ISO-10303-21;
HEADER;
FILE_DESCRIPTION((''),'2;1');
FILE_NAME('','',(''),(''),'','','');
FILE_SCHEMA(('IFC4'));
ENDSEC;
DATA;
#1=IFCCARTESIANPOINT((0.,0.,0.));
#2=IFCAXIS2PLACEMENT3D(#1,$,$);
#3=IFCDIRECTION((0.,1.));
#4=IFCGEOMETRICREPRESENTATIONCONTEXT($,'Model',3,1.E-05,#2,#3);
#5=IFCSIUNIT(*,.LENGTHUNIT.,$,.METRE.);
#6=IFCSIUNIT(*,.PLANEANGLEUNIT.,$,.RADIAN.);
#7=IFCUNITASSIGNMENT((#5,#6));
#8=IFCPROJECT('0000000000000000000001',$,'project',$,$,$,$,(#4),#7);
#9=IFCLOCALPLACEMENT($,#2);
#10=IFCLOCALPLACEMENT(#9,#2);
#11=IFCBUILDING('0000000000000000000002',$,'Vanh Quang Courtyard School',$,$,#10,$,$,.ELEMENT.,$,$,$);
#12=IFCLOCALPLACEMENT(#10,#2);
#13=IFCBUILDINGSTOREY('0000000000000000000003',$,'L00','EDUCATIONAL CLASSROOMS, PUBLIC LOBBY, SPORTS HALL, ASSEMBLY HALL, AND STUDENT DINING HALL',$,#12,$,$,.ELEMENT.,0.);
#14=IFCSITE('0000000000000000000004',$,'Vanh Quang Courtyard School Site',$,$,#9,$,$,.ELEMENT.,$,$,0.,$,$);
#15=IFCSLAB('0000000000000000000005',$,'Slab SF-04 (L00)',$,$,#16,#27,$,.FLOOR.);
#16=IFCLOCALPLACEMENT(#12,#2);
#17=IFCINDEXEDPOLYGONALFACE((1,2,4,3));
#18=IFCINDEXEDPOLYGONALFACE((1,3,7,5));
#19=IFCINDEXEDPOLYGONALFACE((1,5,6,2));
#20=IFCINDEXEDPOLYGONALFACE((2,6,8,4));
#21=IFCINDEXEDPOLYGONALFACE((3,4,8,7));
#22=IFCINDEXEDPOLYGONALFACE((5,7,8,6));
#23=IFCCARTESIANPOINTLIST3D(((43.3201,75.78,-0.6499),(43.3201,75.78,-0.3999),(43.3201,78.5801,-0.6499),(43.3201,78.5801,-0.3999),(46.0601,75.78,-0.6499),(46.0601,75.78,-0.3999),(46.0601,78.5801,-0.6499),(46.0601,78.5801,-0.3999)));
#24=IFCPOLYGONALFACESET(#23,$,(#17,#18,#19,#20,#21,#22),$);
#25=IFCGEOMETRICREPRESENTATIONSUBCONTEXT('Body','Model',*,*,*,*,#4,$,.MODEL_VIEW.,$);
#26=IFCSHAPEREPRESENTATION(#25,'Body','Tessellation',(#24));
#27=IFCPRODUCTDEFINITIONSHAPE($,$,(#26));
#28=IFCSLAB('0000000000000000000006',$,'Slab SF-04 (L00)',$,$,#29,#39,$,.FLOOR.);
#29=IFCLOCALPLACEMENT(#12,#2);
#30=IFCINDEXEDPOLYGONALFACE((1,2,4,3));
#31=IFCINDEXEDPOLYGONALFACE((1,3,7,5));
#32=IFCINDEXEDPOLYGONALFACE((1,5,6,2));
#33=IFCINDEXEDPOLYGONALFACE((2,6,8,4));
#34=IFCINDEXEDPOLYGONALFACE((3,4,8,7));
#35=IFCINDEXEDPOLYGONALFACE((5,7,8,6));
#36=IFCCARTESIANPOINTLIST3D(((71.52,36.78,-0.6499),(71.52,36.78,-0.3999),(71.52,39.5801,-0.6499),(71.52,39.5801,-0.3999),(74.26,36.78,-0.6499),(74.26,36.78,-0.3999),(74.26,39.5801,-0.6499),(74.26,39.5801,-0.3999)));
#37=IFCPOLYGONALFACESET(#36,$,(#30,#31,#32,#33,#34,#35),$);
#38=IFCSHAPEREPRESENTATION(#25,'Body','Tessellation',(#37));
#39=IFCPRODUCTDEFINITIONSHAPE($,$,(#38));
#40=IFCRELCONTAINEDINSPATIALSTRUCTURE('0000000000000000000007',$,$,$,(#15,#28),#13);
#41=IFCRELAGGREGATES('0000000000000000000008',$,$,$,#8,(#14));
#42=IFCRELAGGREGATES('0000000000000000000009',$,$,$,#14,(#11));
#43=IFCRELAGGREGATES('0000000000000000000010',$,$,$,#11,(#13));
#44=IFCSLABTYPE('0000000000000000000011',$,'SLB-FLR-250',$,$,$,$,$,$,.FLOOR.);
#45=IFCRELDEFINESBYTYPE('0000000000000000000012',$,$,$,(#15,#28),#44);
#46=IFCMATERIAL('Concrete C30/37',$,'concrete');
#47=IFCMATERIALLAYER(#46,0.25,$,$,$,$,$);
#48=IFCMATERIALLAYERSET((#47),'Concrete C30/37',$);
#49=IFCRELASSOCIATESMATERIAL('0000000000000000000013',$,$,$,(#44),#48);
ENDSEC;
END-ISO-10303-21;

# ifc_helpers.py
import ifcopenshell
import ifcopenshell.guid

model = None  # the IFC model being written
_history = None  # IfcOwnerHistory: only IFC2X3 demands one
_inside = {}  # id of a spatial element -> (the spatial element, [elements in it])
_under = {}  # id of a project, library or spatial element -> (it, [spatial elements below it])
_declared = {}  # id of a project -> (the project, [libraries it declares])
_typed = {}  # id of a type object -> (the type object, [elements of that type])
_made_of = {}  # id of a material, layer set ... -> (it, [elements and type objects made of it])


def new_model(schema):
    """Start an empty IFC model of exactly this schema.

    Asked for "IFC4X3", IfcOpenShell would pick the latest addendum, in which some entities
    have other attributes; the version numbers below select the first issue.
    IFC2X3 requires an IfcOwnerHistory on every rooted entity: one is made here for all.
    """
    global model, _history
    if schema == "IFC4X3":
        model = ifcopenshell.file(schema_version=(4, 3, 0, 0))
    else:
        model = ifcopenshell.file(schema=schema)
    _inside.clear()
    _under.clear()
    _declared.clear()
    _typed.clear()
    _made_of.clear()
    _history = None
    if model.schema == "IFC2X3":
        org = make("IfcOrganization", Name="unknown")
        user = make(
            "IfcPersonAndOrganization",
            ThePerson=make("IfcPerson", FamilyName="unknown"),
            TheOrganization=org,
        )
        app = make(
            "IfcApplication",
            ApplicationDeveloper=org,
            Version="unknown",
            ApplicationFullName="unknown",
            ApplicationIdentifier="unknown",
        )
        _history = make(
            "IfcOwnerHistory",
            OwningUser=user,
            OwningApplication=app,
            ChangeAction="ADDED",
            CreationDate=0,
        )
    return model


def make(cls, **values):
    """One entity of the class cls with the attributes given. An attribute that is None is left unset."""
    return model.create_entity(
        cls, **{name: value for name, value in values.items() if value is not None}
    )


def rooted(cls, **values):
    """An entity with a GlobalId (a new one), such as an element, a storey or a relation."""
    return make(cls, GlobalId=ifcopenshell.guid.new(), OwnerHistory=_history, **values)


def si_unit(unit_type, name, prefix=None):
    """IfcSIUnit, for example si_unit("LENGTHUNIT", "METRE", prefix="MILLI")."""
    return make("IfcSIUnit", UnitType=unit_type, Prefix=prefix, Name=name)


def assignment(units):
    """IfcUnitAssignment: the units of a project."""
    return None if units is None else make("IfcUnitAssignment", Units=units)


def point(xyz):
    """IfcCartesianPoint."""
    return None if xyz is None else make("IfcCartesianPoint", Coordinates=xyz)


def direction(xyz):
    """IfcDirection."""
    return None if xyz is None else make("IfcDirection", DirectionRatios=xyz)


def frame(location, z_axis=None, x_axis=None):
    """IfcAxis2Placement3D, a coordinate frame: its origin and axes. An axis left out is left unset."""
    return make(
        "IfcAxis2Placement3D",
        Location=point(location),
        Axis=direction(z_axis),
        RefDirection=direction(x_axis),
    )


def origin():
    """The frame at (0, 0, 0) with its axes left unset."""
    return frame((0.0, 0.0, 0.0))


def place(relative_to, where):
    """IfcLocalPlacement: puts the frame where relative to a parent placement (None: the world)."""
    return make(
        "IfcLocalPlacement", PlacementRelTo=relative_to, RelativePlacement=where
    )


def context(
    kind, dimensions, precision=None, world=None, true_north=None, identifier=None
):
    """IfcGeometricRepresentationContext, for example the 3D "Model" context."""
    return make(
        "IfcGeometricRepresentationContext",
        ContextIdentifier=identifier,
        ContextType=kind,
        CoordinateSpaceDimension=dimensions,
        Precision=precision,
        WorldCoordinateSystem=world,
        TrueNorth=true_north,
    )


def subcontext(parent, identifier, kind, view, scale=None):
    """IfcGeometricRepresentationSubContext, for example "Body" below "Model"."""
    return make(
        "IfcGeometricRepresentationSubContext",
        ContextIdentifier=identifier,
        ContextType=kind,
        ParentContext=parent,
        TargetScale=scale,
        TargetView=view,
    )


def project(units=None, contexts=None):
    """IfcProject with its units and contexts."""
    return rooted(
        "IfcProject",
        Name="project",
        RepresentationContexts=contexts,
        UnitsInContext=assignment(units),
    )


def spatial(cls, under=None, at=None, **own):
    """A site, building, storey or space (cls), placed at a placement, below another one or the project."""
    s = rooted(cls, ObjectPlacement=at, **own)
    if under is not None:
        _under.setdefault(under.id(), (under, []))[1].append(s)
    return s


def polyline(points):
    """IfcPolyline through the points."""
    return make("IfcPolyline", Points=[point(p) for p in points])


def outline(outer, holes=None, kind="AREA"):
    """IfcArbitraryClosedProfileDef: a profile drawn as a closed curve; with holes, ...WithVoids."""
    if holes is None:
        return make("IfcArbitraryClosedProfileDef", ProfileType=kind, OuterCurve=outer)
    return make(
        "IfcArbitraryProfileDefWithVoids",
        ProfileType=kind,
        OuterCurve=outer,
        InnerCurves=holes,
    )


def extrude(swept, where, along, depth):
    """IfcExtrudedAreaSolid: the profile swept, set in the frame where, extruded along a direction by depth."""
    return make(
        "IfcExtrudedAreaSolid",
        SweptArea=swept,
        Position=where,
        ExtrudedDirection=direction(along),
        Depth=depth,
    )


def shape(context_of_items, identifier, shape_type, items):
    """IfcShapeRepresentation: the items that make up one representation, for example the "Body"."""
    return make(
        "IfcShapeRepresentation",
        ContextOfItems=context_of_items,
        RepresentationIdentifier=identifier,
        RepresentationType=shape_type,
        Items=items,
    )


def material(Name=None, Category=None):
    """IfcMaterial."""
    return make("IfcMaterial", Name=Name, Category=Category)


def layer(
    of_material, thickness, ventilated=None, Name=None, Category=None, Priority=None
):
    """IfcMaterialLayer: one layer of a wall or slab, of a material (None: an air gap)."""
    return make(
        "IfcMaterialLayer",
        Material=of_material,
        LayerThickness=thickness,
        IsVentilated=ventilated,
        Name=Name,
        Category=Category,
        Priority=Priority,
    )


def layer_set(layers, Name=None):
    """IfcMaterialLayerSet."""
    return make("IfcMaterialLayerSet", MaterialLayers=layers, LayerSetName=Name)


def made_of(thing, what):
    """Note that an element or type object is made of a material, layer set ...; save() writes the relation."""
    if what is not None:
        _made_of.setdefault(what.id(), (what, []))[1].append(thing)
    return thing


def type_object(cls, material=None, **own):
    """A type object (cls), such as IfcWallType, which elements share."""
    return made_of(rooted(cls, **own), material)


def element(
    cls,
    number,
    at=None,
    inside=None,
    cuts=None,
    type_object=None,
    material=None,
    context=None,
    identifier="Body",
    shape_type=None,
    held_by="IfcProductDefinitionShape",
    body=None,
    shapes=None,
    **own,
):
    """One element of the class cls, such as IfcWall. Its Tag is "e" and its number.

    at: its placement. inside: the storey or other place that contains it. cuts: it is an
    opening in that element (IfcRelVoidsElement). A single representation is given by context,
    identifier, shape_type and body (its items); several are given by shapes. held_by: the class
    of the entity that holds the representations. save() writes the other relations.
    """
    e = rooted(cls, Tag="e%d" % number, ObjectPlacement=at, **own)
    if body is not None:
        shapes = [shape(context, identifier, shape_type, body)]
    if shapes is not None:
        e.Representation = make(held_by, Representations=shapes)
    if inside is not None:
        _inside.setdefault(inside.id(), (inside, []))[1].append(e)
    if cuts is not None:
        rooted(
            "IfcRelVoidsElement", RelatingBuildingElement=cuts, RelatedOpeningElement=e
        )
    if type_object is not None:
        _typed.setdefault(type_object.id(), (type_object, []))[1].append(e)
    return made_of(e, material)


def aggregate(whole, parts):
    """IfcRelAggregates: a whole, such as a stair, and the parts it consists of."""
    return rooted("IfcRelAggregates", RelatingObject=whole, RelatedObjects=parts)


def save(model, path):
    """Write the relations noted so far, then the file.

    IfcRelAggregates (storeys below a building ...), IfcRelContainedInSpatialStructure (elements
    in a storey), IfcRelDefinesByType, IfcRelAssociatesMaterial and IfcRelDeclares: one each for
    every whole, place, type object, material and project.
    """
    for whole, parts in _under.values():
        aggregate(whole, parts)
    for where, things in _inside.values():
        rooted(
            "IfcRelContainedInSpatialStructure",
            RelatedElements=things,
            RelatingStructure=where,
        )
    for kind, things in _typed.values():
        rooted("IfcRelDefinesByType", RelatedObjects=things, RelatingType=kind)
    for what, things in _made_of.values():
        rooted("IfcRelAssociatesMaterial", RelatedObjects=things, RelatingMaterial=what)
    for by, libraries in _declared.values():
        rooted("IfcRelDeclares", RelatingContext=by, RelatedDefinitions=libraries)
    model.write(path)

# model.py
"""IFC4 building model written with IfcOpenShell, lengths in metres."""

from ifc_helpers import new_model, si_unit, direction, frame, origin, place, context, subcontext, project, spatial, polyline, outline, extrude, material, layer, layer_set, type_object, element, save


model = new_model("IFC4")

# Units and contexts
model_context = context("Model", 3, precision=1e-05, world=origin(), true_north=direction((0.0, 1.0)))
body_context = subcontext(model_context, "Body", "Model", "MODEL_VIEW")
ifc_project = project(units=[si_unit("LENGTHUNIT", "METRE"), si_unit("PLANEANGLEUNIT", "RADIAN")], contexts=[model_context])

# Site, building, storey
site_placement = place(None, origin())
site = spatial("IfcSite", under=ifc_project, at=site_placement, Name="Vanh Quang Courtyard School Site", CompositionType="ELEMENT", RefElevation=0.0)
building_placement = place(site_placement, origin())
building = spatial("IfcBuilding", under=site, at=building_placement, Name="Vanh Quang Courtyard School", CompositionType="ELEMENT")
storey_placement = place(building_placement, origin())
storey = spatial("IfcBuildingStorey", under=building, at=storey_placement, Name="L00", Description="EDUCATIONAL CLASSROOMS, PUBLIC LOBBY, SPORTS HALL, ASSEMBLY HALL, AND STUDENT DINING HALL", CompositionType="ELEMENT", Elevation=0.0)

# Shared definitions
ifc_material_1 = material(Name="Concrete C30/37", Category="concrete")

# Slabs
ifc_layer_1 = layer(ifc_material_1, 0.25)
ifc_layer_set_1 = layer_set([ifc_layer_1], Name="Concrete C30/37")
slab_type_1 = type_object("IfcSlabType", Name="SLB-FLR-250", PredefinedType="FLOOR", material=ifc_layer_set_1)
slab_1_placement = place(storey_placement, frame((0.0, 0.0, -0.6499)))
element("IfcSlab", 1, at=slab_1_placement, inside=storey, type_object=slab_type_1, Name="Slab SF-04 (L00)", PredefinedType="FLOOR", context=body_context, shape_type="SweptSolid", body=[
    extrude(outline(polyline([(43.3201, 75.78), (46.0601, 75.78), (46.0601, 78.5801), (43.3201, 78.5801), (43.3201, 75.78)])), origin(), (0.0, 0.0, 1.0), 0.25),
])
slab_2_placement = place(storey_placement, frame((0.0, 0.0, -0.6499)))
element("IfcSlab", 2, at=slab_2_placement, inside=storey, type_object=slab_type_1, Name="Slab SF-04 (L00)", PredefinedType="FLOOR", context=body_context, shape_type="SweptSolid", body=[
    extrude(outline(polyline([(71.52, 36.78), (74.26, 36.78), (74.26, 39.5801), (71.52, 39.5801), (71.52, 36.78)])), origin(), (0.0, 0.0, 1.0), 0.25),
])

save(model, "model.ifc")
